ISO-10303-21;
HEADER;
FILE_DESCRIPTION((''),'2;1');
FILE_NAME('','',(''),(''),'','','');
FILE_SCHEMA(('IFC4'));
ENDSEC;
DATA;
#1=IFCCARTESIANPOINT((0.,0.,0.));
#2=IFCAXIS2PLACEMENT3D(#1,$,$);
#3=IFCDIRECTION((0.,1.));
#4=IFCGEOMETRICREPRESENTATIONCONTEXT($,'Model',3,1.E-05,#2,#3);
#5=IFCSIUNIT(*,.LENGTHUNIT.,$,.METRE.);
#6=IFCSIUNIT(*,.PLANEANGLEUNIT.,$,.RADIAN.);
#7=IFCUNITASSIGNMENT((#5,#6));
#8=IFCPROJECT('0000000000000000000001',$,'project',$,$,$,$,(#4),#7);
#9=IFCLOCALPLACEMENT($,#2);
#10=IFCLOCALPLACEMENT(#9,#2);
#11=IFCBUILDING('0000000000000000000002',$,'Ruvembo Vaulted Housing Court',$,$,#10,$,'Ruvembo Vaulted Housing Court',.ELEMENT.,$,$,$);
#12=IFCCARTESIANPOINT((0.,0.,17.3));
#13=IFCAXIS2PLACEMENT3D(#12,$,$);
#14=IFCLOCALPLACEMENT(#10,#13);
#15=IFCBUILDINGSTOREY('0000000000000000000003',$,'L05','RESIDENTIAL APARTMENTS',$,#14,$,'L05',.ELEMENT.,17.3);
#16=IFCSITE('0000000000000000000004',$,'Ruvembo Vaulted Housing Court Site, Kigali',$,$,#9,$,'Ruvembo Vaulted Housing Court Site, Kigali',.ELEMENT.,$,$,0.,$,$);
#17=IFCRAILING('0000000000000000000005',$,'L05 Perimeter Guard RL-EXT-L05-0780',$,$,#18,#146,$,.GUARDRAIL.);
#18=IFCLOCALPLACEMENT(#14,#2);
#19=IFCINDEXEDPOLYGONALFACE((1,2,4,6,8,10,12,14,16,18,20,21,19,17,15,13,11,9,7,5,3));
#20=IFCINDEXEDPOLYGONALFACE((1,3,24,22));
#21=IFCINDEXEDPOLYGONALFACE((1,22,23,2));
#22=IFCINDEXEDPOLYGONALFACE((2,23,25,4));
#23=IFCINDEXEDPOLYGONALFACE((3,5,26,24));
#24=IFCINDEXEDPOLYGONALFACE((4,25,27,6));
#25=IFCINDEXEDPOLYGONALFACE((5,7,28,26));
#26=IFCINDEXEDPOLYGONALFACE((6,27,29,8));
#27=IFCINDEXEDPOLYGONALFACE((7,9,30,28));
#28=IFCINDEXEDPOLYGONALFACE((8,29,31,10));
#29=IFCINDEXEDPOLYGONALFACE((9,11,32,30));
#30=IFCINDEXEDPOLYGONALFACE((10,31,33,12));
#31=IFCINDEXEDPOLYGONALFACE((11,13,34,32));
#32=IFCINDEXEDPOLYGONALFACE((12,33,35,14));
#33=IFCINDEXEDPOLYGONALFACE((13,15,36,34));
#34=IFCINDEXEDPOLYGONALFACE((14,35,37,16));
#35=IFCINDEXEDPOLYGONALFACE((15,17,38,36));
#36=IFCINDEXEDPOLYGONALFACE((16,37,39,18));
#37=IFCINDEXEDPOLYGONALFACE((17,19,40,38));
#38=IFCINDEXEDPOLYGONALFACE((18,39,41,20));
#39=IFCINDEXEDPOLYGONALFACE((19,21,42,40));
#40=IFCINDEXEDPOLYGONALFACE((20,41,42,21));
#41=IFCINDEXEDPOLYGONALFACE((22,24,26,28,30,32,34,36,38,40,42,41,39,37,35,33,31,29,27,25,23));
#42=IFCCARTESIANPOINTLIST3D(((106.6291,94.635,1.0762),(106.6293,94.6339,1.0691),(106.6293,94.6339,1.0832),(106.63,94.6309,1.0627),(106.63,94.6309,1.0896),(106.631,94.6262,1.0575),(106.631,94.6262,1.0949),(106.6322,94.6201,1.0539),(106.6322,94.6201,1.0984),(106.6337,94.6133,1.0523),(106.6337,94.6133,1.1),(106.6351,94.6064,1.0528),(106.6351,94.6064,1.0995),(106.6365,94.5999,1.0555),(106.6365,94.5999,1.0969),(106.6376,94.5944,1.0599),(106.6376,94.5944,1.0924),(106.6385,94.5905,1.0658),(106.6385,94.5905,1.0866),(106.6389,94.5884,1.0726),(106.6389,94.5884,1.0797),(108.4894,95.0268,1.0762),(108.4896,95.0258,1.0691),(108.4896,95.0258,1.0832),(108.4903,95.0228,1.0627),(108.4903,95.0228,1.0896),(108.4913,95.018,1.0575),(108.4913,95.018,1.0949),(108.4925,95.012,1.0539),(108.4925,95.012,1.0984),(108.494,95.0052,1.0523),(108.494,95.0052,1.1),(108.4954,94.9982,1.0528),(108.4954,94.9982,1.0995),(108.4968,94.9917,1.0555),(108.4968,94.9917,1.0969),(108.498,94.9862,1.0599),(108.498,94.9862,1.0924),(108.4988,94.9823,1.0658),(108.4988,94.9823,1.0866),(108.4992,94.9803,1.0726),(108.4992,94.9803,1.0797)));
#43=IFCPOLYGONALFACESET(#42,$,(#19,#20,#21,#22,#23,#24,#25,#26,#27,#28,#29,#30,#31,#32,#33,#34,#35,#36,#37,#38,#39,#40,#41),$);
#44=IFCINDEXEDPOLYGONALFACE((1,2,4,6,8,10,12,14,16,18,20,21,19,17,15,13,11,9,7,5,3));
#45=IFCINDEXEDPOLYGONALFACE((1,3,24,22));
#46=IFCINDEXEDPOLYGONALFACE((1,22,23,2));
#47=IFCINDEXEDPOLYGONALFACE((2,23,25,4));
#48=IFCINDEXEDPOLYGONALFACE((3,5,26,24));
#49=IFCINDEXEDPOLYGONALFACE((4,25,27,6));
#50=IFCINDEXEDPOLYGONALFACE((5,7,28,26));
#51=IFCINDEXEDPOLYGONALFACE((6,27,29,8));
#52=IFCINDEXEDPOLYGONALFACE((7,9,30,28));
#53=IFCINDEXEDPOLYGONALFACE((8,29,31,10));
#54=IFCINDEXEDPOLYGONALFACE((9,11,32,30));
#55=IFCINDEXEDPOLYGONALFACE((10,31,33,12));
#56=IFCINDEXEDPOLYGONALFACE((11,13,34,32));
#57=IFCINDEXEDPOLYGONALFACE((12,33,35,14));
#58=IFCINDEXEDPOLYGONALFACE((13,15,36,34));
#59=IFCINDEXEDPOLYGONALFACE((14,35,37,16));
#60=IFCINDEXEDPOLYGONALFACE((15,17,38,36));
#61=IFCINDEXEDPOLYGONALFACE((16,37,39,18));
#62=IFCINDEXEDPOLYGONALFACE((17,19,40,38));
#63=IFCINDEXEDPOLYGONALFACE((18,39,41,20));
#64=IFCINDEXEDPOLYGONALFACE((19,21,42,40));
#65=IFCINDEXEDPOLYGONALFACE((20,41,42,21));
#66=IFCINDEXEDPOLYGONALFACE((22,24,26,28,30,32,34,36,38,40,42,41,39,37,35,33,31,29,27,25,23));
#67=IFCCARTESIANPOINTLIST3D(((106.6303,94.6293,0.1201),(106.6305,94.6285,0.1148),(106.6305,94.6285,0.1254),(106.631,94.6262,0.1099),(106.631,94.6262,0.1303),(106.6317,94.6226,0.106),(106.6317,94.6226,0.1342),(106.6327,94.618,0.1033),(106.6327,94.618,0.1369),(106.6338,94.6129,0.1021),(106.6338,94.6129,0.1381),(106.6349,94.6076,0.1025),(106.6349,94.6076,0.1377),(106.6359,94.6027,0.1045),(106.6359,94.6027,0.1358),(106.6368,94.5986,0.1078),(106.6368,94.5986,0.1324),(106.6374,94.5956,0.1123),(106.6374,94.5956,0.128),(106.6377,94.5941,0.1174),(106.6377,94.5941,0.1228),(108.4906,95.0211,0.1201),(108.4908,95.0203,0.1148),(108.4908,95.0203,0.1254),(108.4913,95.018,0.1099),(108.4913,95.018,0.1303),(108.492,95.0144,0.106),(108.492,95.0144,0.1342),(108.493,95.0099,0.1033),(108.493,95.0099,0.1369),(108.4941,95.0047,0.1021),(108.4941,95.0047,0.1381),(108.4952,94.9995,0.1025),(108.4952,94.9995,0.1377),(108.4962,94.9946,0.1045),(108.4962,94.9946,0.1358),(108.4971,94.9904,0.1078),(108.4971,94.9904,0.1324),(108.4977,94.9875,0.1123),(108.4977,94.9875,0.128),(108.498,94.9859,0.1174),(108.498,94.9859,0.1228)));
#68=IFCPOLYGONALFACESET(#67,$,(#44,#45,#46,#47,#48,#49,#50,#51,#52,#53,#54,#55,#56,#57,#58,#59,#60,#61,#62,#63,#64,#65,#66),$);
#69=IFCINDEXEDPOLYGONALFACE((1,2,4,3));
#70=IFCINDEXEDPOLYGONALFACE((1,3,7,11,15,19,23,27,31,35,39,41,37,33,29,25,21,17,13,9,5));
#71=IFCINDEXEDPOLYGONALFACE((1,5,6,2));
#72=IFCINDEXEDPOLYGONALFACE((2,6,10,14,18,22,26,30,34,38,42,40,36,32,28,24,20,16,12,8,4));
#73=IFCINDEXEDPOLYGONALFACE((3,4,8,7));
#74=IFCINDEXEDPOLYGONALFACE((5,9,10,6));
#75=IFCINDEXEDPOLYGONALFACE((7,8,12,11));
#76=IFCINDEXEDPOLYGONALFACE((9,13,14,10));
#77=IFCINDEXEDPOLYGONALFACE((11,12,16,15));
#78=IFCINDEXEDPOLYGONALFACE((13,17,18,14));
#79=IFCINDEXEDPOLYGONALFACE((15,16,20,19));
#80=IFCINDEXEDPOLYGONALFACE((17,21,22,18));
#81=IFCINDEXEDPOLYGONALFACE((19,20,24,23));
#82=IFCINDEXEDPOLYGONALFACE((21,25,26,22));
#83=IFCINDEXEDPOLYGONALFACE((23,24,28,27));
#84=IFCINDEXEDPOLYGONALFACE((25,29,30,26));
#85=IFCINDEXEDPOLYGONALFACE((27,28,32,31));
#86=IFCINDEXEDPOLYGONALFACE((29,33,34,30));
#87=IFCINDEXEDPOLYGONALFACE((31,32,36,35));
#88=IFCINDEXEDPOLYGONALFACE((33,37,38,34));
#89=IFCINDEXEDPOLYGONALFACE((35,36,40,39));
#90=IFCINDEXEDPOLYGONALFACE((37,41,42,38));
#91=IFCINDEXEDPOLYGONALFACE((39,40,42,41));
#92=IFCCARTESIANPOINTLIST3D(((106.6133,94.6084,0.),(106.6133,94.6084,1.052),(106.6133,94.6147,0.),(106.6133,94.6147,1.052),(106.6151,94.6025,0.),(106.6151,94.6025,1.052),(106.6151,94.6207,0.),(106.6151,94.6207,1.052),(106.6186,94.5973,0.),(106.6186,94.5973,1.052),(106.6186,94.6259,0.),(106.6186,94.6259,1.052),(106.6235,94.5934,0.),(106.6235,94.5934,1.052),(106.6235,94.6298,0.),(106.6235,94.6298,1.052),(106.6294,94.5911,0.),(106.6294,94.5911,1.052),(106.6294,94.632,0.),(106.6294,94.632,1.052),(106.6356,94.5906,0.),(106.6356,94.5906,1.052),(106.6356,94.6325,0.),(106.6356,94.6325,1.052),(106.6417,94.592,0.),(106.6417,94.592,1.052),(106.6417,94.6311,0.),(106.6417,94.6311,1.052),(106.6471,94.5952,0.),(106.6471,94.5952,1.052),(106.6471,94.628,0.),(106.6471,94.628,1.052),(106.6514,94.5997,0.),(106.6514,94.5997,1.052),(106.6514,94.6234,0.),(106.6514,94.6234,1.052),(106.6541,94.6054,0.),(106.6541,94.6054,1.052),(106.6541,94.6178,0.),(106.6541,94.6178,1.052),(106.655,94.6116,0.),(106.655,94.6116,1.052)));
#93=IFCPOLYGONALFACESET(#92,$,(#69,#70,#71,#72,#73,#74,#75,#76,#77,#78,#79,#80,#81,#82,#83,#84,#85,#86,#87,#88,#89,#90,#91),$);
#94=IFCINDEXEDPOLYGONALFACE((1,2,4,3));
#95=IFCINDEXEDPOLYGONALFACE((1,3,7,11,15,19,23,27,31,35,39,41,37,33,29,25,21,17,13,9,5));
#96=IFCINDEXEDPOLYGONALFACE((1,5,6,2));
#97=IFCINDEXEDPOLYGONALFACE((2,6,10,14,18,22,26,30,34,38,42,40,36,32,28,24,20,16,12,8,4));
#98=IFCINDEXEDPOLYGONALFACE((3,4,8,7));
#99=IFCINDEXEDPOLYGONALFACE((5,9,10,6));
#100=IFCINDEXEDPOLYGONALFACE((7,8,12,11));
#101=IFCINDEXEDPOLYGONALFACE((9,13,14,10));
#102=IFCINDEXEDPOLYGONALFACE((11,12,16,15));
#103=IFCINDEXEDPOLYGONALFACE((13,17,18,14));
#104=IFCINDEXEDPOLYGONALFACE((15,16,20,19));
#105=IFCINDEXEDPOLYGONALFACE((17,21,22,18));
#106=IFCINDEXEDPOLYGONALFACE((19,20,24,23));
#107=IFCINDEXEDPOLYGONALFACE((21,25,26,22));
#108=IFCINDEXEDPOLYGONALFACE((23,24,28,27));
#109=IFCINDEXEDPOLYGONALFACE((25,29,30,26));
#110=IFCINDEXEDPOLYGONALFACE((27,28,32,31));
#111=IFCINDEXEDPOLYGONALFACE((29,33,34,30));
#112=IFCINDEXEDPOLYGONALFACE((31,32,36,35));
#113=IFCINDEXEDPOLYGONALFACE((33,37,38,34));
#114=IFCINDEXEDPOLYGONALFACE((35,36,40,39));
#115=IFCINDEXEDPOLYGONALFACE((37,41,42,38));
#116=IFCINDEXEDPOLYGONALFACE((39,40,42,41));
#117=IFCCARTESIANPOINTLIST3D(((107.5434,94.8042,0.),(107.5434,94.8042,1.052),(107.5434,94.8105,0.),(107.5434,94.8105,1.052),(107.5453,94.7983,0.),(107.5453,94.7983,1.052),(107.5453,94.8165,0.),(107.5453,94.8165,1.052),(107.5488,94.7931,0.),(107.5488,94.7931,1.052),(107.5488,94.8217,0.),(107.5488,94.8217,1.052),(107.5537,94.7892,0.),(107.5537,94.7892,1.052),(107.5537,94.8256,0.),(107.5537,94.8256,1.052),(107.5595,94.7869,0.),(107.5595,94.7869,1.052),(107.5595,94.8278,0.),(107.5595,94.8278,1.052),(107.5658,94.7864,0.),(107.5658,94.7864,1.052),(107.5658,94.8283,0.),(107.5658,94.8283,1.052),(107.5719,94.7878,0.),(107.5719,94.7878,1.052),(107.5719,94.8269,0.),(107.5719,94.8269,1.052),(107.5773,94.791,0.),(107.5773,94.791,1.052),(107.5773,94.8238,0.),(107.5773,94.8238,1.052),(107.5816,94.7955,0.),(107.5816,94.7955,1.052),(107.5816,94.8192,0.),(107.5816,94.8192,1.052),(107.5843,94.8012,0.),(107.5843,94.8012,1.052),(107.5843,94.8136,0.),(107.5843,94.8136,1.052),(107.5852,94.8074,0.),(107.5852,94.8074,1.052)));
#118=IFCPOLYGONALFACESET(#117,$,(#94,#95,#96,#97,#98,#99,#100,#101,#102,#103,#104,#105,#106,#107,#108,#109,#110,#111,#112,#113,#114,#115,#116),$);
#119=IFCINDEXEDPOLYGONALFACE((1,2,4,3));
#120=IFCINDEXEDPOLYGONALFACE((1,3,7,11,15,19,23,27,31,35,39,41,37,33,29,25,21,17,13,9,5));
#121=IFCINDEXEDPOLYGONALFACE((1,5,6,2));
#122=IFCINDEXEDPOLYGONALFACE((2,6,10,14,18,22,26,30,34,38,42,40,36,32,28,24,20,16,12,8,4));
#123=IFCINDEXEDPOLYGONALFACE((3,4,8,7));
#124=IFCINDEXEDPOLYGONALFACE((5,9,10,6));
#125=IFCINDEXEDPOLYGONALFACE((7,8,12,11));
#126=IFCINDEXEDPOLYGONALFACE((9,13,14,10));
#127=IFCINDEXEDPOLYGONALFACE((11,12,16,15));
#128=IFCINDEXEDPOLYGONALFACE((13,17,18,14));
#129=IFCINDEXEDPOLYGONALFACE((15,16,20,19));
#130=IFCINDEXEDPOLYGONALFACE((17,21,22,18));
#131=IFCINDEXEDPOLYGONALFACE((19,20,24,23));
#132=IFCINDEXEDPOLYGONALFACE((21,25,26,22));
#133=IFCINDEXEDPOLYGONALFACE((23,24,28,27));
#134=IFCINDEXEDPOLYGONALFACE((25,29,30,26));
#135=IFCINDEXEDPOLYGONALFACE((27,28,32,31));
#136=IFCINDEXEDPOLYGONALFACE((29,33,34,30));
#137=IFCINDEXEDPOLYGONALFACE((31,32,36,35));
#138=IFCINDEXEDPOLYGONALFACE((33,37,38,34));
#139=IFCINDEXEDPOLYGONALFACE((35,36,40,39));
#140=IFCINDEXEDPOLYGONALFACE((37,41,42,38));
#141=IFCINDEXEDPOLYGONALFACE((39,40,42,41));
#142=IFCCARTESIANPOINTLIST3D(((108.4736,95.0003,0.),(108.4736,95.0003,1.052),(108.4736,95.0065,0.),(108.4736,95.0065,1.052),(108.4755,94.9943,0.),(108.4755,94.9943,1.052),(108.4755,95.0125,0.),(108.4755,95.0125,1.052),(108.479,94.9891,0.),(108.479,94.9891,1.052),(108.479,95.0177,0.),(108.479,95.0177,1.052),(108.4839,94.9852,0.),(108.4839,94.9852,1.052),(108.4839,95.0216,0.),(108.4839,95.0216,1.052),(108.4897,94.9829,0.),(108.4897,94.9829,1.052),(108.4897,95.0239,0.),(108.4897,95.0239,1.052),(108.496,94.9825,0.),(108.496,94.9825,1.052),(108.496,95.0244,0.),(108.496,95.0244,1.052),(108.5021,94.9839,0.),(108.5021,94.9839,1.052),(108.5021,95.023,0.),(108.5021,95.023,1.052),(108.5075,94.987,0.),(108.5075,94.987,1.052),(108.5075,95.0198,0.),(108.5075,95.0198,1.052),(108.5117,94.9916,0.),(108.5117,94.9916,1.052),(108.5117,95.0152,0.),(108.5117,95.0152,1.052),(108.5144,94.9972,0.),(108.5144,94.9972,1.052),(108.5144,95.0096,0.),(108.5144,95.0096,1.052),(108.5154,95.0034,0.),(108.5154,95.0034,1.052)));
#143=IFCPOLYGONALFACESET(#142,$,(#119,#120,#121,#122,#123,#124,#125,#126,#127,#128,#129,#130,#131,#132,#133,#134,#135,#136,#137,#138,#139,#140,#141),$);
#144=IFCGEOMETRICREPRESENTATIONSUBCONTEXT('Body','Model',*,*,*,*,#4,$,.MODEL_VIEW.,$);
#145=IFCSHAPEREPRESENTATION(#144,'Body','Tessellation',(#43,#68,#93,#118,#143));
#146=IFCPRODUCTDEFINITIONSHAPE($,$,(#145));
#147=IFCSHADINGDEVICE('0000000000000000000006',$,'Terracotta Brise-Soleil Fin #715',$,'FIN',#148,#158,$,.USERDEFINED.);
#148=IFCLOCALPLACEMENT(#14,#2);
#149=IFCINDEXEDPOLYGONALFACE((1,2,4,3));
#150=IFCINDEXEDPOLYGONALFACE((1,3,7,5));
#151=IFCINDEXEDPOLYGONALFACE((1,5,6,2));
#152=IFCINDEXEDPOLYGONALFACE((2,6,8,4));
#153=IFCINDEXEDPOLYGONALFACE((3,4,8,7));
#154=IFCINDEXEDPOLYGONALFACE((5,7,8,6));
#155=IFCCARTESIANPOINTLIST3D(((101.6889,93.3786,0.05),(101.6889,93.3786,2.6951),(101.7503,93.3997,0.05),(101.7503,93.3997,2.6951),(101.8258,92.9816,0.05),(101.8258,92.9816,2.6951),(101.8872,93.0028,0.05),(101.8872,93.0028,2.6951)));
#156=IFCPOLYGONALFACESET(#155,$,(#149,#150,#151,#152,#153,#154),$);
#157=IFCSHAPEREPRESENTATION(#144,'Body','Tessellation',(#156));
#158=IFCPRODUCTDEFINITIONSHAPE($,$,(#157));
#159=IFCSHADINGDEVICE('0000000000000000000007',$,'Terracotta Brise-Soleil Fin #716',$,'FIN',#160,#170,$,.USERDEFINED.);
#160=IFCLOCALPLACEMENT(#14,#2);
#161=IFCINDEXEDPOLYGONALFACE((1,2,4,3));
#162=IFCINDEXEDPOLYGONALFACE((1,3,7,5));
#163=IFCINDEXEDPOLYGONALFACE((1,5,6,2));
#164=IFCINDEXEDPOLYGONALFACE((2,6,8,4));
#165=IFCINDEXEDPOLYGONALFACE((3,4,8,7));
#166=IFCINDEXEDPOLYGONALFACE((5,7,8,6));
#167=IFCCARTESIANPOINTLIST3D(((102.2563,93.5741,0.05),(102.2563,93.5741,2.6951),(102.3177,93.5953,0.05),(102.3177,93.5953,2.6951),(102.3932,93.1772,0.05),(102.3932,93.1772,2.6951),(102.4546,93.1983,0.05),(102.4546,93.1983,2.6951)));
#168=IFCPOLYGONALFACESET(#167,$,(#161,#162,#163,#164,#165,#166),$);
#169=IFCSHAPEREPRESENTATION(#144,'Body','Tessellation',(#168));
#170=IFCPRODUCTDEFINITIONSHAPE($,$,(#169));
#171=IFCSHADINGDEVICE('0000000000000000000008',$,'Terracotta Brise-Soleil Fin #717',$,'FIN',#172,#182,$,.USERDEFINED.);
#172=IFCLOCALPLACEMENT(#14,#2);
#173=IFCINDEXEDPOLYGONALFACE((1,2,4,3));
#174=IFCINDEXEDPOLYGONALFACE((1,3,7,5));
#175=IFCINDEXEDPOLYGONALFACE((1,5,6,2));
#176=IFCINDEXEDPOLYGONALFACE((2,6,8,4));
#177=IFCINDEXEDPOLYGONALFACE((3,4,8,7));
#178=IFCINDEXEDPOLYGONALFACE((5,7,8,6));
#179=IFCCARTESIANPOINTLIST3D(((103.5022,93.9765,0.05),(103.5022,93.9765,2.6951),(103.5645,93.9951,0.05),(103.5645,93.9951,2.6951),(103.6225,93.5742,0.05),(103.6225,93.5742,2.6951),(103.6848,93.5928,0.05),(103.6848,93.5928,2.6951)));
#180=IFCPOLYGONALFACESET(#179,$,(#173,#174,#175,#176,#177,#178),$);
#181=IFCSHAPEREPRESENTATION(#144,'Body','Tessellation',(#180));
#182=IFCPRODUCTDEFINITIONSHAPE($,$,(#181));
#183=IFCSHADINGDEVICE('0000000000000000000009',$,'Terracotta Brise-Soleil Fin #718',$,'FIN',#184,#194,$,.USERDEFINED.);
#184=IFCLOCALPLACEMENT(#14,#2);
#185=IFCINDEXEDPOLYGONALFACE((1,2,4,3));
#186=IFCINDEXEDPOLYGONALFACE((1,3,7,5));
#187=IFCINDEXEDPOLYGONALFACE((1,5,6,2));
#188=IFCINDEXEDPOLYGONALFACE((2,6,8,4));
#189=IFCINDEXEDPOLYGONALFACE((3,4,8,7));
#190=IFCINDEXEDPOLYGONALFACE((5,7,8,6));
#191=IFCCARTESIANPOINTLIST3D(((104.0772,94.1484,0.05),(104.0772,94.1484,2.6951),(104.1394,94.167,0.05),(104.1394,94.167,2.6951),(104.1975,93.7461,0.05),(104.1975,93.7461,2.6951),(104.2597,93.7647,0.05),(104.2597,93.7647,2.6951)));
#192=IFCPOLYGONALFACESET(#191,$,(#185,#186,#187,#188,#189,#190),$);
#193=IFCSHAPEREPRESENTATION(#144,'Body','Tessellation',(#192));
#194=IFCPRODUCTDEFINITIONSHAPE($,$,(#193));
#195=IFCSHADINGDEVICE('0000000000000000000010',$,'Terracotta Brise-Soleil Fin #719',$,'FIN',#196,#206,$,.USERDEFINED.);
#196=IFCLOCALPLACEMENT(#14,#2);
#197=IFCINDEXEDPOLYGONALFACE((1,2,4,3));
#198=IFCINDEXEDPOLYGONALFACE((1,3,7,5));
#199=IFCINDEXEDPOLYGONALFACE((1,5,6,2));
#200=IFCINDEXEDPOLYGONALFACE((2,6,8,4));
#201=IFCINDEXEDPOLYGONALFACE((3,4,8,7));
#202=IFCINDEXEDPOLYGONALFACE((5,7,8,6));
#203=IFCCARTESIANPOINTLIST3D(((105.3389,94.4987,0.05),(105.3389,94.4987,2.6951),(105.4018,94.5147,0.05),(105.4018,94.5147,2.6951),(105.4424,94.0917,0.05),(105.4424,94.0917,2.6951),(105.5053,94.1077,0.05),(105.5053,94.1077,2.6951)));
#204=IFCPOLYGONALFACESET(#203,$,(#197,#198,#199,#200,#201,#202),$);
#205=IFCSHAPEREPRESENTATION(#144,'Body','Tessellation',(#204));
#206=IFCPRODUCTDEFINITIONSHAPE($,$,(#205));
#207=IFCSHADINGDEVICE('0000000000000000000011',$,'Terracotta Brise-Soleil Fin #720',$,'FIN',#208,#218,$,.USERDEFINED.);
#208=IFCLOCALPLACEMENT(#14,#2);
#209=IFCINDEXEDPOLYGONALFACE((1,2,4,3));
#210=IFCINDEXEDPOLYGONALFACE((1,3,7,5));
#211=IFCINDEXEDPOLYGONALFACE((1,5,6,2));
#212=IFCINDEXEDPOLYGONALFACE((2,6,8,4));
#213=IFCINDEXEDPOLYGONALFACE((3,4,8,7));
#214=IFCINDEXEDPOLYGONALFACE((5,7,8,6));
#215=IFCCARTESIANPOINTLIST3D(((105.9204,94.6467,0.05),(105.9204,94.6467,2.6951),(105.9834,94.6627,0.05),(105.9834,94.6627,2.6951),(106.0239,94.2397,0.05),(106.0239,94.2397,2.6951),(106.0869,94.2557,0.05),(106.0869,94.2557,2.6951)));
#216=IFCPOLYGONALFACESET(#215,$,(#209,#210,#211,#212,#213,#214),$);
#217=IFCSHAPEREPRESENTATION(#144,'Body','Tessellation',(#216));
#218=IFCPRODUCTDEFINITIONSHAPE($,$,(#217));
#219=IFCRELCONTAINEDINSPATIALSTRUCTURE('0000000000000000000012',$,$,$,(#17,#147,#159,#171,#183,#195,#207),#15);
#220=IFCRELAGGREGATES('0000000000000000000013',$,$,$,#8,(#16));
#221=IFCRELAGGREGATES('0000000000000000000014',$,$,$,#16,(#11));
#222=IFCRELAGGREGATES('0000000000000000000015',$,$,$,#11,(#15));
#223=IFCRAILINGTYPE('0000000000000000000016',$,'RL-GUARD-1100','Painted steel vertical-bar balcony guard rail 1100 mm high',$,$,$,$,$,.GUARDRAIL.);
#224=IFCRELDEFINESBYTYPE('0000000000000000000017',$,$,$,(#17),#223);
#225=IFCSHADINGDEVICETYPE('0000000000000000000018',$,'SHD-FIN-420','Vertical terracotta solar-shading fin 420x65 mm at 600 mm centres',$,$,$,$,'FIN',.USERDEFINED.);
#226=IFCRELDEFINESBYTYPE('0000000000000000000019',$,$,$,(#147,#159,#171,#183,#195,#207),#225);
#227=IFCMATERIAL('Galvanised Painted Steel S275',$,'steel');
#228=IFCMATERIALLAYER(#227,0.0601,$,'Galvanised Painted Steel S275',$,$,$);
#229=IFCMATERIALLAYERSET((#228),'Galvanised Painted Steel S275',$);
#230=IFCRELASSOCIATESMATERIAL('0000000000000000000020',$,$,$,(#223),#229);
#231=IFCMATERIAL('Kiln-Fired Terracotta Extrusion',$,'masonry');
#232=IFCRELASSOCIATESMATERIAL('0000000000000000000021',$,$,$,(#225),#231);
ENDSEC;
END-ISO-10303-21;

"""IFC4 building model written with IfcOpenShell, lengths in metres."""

from ifc_helpers import new_model, si_unit, direction, frame, origin, origin_2d, place, context, subcontext, project, spatial, rectangle, circle, extrude, material, layer, layer_set, type_object, element, save


model = new_model("IFC4")

# Units and contexts
model_context = context("Model", 3, precision=1e-05, world=origin(), true_north=direction((0.0, 1.0)))
body_context = subcontext(model_context, "Body", "Model", "MODEL_VIEW")
ifc_project = project(units=[si_unit("LENGTHUNIT", "METRE"), si_unit("PLANEANGLEUNIT", "RADIAN")], contexts=[model_context])

# Site, building, storey
site_placement = place(None, origin())
site = spatial("IfcSite", under=ifc_project, at=site_placement, Name="Ruvembo Vaulted Housing Court Site, Kigali", LongName="Ruvembo Vaulted Housing Court Site, Kigali", CompositionType="ELEMENT", RefElevation=0.0)
building_placement = place(site_placement, origin())
building = spatial("IfcBuilding", under=site, at=building_placement, Name="Ruvembo Vaulted Housing Court", LongName="Ruvembo Vaulted Housing Court", CompositionType="ELEMENT")
storey_placement = place(building_placement, frame((0.0, 0.0, 17.3)))
storey = spatial("IfcBuildingStorey", under=building, at=storey_placement, Name="L05", Description="RESIDENTIAL APARTMENTS", LongName="L05", CompositionType="ELEMENT", Elevation=17.3)

# Railing
ifc_material_1 = material(Name="Galvanised Painted Steel S275", Category="steel")
ifc_layer = layer(ifc_material_1, 0.0601, Name="Galvanised Painted Steel S275")
ifc_layer_set = layer_set([ifc_layer], Name="Galvanised Painted Steel S275")
railing_type = type_object("IfcRailingType", Name="RL-GUARD-1100", Description="Painted steel vertical-bar balcony guard rail 1100 mm high", PredefinedType="GUARDRAIL", material=ifc_layer_set)
railing_1_placement = place(storey_placement, frame((106.634, 94.6116, 0.0)))
element("IfcRailing", 1, at=railing_1_placement, inside=storey, type_object=railing_type, Name="L05 Perimeter Guard RL-EXT-L05-0780", PredefinedType="GUARDRAIL", context=body_context, shape_type="SweptSolid", body=[
    extrude(circle(Radius=0.0239, at=origin_2d()), frame((0.0, 0.0, 1.0762), z_axis=(0.978529, 0.206108, 0.0), x_axis=(-0.206108, 0.978529, 0.0)), (0.0, 0.0, 1.0), 1.9011),
    extrude(circle(Radius=0.0181, at=origin_2d()), frame((0.0, 0.0, 0.1201), z_axis=(0.978529, 0.206108, 0.0), x_axis=(-0.206108, 0.978529, 0.0)), (0.0, 0.0, 1.0), 1.9011),
    extrude(circle(Radius=0.021, at=origin_2d()), origin(), (0.0, 0.0, 1.0), 1.052),
    extrude(circle(Radius=0.021, at=origin_2d()), frame((0.9302, 0.1958, 0.0)), (0.0, 0.0, 1.0), 1.052),
    extrude(circle(Radius=0.021, at=origin_2d()), frame((1.8604, 0.3918, 0.0)), (0.0, 0.0, 1.0), 1.052),
])

# Shading devices
ifc_material_2 = material(Name="Kiln-Fired Terracotta Extrusion", Category="masonry")
shading_device_type = type_object("IfcShadingDeviceType", Name="SHD-FIN-420", Description="Vertical terracotta solar-shading fin 420x65 mm at 600 mm centres", ElementType="FIN", PredefinedType="USERDEFINED", material=ifc_material_2)
for number, where, z_axis, x_axis, name in (
    (2, (101.7881, 93.1907, 0.05), (0.0, 0.0, 1.0), (0.32603, -0.945359, 0.0), "Terracotta Brise-Soleil Fin #715"),
    (3, (102.3555, 93.3862, 0.05), (0.0, 0.0, 1.0), (0.32603, -0.945359, 0.0), "Terracotta Brise-Soleil Fin #716"),
    (4, (103.5935, 93.7847, 0.05), (0.0, 0.0, 1.0), (0.286491, -0.958083, 0.0), "Terracotta Brise-Soleil Fin #717"),
    (5, (104.1685, 93.9565, 0.05), (0.0, 0.0, 1.0), (0.286491, -0.958083, 0.0), "Terracotta Brise-Soleil Fin #718"),
    (6, (105.4221, 94.3032, 0.05), (0.0, 0.0, 1.0), (0.246492, -0.969145, 0.0), "Terracotta Brise-Soleil Fin #719"),
    (7, (106.0037, 94.4512, 0.05), (0.0, 0.0, 1.0), (0.246492, -0.969145, 0.0), "Terracotta Brise-Soleil Fin #720"),
):
    element("IfcShadingDevice", number, at=place(storey_placement, frame(where, z_axis=z_axis, x_axis=x_axis)), inside=storey, type_object=shading_device_type, Name=name, ObjectType="FIN", PredefinedType="USERDEFINED", context=body_context, shape_type="SweptSolid", body=[
        extrude(rectangle(XDim=0.4199, YDim=0.0649, at=origin_2d()), origin(), (0.0, 0.0, 1.0), 2.645),
    ])

save(model, "model.ifc")
